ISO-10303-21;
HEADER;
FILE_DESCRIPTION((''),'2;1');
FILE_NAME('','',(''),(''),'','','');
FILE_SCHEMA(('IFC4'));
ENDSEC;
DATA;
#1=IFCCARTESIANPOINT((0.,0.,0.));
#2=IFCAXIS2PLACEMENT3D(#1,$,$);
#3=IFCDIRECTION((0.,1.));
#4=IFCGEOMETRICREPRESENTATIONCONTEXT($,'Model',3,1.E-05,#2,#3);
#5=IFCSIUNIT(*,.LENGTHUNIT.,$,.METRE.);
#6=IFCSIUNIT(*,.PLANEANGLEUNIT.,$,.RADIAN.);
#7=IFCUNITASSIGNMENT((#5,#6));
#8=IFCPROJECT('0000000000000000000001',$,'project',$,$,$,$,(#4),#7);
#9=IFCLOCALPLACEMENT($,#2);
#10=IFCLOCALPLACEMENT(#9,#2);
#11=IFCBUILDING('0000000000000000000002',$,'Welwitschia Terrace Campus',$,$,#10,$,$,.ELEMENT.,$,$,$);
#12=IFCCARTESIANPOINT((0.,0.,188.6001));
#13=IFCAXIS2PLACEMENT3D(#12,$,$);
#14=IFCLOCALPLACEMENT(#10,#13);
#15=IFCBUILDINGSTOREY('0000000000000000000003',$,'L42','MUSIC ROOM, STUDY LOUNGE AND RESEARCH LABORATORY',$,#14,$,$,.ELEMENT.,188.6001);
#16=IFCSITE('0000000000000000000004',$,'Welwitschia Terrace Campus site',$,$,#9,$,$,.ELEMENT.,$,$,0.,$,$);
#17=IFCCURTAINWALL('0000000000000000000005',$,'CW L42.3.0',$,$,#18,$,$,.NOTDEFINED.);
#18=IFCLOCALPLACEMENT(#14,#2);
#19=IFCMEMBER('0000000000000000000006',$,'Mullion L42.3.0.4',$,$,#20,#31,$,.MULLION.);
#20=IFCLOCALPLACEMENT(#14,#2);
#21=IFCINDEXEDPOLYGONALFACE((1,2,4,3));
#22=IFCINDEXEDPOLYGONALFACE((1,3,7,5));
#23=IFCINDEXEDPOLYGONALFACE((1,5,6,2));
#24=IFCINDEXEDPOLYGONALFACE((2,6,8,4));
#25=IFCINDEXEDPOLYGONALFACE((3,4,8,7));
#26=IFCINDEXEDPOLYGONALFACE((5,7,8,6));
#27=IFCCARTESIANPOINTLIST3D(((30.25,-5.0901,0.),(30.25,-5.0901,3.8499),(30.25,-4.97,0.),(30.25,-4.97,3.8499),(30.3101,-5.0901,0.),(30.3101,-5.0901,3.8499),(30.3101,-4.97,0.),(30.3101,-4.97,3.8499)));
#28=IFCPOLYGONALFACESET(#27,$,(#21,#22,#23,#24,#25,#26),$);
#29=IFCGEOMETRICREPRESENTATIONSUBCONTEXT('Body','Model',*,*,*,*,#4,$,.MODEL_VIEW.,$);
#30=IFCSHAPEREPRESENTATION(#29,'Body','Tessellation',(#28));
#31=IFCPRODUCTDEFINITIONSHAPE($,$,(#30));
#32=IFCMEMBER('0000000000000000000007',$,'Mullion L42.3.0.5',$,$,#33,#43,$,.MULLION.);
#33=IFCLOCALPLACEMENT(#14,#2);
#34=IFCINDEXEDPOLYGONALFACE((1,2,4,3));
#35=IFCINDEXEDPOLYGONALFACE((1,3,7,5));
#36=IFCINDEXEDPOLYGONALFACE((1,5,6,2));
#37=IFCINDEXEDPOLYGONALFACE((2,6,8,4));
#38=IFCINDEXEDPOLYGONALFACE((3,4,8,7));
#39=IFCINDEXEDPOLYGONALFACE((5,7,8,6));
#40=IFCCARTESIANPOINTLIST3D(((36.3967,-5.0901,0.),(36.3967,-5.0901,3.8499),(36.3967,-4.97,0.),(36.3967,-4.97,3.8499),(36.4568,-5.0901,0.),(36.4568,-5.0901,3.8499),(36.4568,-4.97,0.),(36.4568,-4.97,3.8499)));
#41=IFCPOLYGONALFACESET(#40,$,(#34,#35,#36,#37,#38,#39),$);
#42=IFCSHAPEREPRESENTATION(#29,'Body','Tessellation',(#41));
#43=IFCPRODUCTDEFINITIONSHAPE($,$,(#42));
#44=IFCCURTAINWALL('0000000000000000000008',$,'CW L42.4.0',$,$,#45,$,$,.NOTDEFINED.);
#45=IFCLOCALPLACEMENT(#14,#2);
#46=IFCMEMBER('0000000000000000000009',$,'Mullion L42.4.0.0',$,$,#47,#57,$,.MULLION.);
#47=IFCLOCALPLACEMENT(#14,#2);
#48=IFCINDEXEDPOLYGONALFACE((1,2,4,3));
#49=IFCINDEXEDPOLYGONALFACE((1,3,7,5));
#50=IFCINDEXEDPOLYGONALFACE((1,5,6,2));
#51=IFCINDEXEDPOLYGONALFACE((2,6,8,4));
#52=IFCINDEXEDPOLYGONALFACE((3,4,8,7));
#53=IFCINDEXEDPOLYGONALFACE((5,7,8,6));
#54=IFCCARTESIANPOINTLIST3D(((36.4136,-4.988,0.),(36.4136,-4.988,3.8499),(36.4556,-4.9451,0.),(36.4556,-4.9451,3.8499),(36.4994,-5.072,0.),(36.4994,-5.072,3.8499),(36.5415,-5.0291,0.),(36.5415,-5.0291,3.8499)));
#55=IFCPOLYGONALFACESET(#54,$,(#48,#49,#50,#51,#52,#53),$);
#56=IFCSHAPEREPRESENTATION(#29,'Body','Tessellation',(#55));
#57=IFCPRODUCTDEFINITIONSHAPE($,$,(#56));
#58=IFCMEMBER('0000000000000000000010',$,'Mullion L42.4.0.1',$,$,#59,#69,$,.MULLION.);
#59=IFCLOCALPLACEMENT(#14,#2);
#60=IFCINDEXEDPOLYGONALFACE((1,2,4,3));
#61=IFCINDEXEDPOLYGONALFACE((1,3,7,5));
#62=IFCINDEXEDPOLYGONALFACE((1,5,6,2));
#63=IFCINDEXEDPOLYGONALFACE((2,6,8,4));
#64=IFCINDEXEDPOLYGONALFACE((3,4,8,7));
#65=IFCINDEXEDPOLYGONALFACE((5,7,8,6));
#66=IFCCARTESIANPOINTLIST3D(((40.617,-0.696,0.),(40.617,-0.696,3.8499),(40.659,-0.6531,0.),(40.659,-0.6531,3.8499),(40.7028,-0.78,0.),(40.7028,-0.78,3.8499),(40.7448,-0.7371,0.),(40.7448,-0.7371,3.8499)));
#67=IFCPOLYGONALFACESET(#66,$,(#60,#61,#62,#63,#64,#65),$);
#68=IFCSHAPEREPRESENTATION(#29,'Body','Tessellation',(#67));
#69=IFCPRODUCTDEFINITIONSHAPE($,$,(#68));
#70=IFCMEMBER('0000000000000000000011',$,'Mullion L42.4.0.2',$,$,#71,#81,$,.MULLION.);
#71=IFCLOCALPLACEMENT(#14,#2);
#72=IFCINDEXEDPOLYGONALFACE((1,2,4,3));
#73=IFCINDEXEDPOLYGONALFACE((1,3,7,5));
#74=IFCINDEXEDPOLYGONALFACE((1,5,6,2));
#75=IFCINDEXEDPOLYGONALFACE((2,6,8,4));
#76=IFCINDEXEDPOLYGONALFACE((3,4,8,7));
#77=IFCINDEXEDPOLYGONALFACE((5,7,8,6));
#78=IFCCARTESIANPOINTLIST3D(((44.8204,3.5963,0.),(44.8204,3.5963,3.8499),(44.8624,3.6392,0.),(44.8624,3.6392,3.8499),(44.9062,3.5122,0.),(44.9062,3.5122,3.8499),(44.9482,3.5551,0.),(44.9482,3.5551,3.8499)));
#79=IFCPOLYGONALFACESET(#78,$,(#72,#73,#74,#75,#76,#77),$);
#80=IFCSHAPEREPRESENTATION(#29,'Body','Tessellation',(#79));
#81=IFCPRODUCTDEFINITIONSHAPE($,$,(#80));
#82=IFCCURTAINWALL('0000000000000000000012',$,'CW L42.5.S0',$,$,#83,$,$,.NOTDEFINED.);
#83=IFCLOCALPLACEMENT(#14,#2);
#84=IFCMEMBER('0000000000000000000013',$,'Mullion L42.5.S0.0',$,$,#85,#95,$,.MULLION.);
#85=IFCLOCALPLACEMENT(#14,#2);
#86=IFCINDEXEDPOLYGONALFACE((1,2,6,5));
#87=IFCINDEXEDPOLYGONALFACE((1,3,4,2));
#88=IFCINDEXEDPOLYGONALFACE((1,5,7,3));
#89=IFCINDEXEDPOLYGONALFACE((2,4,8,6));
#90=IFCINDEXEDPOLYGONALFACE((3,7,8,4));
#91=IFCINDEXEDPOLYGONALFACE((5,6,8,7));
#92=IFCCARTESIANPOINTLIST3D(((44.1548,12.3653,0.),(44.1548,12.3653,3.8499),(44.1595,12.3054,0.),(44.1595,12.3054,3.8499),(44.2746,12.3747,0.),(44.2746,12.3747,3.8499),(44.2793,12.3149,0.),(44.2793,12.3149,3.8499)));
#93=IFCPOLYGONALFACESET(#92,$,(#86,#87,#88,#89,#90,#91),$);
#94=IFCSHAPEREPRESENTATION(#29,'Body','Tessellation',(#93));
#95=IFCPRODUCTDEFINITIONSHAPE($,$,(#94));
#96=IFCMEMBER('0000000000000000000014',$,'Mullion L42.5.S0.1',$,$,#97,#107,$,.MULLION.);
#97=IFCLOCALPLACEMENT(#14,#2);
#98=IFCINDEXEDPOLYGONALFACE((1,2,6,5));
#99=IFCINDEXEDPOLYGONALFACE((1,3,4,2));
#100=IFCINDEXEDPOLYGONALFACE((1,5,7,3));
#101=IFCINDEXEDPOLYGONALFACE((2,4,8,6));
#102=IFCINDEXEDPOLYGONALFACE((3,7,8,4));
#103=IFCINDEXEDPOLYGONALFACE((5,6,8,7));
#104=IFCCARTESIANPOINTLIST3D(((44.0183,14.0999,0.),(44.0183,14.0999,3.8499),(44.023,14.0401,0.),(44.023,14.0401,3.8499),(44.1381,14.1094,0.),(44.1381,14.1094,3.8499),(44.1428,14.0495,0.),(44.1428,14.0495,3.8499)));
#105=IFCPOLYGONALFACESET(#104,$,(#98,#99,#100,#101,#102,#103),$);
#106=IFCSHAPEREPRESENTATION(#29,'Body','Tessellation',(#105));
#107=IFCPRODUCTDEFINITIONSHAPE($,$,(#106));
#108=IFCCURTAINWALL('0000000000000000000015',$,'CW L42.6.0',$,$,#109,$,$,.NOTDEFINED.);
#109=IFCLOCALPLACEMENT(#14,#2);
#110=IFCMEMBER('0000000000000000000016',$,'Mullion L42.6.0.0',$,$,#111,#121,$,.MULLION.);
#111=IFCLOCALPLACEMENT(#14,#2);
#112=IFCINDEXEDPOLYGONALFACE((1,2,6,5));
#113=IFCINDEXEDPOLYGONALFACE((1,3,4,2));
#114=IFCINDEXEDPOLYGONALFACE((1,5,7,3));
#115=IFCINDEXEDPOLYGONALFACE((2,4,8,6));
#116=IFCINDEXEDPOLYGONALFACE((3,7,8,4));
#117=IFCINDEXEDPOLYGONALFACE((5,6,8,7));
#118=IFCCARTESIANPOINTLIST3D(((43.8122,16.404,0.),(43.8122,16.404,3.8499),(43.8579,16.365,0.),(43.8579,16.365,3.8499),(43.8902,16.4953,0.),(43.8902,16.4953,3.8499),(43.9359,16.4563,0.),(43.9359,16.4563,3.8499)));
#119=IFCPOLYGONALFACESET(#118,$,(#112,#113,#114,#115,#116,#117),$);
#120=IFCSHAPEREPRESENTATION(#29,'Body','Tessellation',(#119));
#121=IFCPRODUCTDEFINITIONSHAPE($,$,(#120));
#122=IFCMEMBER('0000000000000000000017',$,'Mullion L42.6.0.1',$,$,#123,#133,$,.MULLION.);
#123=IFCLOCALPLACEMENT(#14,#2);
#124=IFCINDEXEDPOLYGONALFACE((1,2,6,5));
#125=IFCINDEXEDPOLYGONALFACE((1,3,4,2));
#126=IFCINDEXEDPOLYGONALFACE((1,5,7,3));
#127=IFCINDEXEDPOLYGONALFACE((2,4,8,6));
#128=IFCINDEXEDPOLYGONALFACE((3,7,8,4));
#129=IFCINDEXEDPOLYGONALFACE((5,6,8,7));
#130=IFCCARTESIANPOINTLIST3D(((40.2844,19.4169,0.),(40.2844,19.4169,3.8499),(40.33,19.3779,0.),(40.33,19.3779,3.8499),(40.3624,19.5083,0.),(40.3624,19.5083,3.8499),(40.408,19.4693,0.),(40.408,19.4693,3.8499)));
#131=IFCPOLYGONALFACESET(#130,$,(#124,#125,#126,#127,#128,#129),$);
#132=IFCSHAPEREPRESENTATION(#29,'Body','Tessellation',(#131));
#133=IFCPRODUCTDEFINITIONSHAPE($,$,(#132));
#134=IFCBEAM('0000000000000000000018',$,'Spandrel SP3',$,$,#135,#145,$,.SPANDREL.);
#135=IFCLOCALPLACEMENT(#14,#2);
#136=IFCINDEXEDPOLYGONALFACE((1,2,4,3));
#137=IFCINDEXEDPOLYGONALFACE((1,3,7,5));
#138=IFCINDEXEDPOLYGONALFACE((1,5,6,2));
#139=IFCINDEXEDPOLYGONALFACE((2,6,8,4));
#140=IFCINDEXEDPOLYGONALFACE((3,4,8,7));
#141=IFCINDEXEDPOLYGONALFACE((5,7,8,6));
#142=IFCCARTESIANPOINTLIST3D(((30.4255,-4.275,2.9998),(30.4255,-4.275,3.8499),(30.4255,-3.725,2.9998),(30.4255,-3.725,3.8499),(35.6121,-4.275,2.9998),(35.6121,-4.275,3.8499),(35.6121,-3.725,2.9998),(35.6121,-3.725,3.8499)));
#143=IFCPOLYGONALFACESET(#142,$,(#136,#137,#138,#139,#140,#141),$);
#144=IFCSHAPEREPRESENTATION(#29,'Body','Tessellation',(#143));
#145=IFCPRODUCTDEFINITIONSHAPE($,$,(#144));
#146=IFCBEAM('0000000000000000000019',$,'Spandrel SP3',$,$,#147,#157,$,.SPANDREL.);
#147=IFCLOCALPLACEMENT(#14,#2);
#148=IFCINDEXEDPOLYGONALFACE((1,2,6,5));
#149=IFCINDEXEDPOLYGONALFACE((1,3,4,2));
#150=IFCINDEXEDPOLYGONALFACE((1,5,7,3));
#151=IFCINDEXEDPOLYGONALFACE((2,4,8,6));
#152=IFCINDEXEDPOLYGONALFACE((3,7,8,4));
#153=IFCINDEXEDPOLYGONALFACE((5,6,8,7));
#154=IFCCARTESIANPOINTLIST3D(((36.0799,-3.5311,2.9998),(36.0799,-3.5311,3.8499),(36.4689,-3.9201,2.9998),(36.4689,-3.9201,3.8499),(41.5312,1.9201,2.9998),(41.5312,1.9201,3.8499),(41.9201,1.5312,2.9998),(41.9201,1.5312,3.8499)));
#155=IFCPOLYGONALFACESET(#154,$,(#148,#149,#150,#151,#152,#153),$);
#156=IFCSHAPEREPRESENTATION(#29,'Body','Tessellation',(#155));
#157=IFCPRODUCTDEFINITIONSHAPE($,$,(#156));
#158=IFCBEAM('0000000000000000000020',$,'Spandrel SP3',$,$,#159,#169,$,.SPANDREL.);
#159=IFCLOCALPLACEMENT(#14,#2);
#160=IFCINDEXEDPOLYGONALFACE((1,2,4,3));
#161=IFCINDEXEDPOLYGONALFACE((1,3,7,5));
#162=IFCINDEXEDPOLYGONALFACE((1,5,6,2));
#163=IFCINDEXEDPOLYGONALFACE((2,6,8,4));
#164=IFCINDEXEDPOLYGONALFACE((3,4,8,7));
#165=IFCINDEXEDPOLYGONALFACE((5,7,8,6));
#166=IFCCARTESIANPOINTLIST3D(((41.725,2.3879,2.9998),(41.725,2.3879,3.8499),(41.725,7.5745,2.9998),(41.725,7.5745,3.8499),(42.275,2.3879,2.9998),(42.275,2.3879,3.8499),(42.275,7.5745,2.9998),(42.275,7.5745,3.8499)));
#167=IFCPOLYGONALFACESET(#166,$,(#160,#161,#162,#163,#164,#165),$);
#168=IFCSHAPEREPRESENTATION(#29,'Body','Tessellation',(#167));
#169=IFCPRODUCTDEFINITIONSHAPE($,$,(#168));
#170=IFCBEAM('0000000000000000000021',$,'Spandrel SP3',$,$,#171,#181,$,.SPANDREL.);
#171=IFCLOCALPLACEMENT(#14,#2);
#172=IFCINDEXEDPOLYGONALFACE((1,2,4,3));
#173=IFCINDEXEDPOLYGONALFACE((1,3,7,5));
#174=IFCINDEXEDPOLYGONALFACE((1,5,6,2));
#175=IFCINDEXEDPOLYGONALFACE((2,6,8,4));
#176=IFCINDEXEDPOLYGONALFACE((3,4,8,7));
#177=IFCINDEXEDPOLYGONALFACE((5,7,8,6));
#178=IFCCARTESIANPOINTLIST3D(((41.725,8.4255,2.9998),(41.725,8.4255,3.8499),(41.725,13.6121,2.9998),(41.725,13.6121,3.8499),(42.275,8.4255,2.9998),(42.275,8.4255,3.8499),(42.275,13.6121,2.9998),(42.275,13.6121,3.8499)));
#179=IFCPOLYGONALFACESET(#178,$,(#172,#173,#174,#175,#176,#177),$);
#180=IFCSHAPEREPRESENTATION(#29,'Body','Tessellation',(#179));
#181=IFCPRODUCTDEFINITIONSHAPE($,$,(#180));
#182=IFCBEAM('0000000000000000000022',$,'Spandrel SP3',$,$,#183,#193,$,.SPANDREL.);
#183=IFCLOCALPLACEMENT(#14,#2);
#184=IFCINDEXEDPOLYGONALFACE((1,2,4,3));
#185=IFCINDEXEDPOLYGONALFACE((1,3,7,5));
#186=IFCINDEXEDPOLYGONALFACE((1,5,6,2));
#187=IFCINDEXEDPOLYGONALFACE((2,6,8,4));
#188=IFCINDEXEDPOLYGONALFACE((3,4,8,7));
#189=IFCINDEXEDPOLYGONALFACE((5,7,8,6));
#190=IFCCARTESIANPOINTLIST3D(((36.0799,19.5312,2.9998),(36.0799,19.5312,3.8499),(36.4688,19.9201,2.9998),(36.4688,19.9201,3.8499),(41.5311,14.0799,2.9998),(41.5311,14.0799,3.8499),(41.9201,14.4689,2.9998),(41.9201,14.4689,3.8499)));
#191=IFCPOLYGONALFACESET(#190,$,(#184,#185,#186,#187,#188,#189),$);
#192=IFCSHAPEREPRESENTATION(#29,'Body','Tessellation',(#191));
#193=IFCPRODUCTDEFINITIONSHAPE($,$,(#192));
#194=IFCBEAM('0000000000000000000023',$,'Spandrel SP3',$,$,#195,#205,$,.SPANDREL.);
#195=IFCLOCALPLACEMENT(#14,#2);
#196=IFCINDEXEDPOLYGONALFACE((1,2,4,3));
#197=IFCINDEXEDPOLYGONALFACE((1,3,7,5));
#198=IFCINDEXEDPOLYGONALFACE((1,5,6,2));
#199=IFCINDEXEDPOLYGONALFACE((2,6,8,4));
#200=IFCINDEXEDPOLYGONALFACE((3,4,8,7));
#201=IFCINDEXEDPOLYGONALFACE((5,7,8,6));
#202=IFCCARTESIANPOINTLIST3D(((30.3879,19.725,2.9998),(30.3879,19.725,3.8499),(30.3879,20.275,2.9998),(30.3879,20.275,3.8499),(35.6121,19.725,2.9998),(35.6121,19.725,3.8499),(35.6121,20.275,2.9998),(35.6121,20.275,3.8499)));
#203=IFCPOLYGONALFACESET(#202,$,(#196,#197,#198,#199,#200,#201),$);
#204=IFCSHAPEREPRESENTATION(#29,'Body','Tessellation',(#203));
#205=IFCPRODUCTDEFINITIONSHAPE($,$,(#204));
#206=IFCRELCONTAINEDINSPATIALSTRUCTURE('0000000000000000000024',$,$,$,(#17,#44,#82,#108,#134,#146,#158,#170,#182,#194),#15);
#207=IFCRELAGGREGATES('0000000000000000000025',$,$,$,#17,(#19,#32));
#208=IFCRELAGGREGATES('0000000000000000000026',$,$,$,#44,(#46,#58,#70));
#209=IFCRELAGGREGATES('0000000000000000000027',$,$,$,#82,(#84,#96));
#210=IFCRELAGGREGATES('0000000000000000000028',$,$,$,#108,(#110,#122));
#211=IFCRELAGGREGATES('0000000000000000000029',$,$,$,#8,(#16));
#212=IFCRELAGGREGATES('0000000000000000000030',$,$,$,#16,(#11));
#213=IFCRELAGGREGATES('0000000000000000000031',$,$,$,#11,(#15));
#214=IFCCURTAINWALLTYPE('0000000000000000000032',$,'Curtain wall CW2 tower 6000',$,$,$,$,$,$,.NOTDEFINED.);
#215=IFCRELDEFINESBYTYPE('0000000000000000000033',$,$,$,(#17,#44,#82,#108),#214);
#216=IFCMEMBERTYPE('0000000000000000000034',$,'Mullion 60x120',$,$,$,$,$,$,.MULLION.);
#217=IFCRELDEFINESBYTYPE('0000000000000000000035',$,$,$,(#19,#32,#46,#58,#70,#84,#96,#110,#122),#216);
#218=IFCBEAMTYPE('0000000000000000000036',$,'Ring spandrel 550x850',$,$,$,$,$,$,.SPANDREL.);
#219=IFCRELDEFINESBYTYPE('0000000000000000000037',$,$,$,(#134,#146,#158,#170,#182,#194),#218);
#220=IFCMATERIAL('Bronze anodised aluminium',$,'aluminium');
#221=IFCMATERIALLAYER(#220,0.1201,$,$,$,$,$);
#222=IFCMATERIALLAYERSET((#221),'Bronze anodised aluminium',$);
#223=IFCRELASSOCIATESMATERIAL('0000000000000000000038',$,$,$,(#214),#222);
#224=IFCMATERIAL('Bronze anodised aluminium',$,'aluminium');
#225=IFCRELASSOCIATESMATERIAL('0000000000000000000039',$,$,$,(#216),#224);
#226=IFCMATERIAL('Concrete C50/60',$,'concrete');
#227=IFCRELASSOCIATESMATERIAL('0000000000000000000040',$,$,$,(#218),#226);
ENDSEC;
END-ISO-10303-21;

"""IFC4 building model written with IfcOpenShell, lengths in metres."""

from ifc_helpers import new_model, si_unit, direction, frame, origin, origin_2d, place, context, subcontext, project, spatial, rectangle, extrude, material, layer, layer_set, material_profile, profile_set, type_object, element, aggregate, save


model = new_model("IFC4")

# Units and contexts
model_context = context("Model", 3, precision=1e-05, world=origin(), true_north=direction((0.0, 1.0)))
body_context = subcontext(model_context, "Body", "Model", "MODEL_VIEW")
ifc_project = project(units=[si_unit("LENGTHUNIT", "METRE"), si_unit("PLANEANGLEUNIT", "RADIAN")], contexts=[model_context])

# Site, building, storey
site_placement = place(None, origin())
site = spatial("IfcSite", under=ifc_project, at=site_placement, Name="Welwitschia Terrace Campus site", CompositionType="ELEMENT", RefElevation=0.0)
building_placement = place(site_placement, origin())
building = spatial("IfcBuilding", under=site, at=building_placement, Name="Welwitschia Terrace Campus", CompositionType="ELEMENT")
storey_placement = place(building_placement, frame((0.0, 0.0, 188.6001)))
storey = spatial("IfcBuildingStorey", under=building, at=storey_placement, Name="L42", Description="MUSIC ROOM, STUDY LOUNGE AND RESEARCH LABORATORY", CompositionType="ELEMENT", Elevation=188.6001)

# Curtain walls, members
ifc_material_1 = material(Name="Bronze anodised aluminium", Category="aluminium")
ifc_layer_1 = layer(ifc_material_1, 0.1201)
ifc_layer_set_1 = layer_set([ifc_layer_1], Name="Bronze anodised aluminium")
curtain_wall_type = type_object("IfcCurtainWallType", Name="Curtain wall CW2 tower 6000", PredefinedType="NOTDEFINED", material=ifc_layer_set_1)
curtain_wall_1_placement = place(storey_placement, origin())
curtain_wall_1 = element("IfcCurtainWall", 1, at=curtain_wall_1_placement, inside=storey, type_object=curtain_wall_type, Name="CW L42.3.0", PredefinedType="NOTDEFINED")
ifc_material_2 = material(Name="Bronze anodised aluminium", Category="aluminium")
ifc_material_profile_1 = material_profile(ifc_material_2, rectangle(XDim=0.1201, YDim=0.0601, at=origin_2d()))
ifc_profile_set_1 = profile_set([ifc_material_profile_1], Name="Bronze anodised aluminium")
member_type_1 = type_object("IfcMemberType", Name="Mullion 60x120", PredefinedType="MULLION", material=ifc_profile_set_1)
member_1_placement = place(storey_placement, frame((30.28, -5.03, 0.0), z_axis=(0.0, 0.0, 1.0), x_axis=(0.0, 1.0, 0.0)))
member_1 = element("IfcMember", 2, at=member_1_placement, type_object=member_type_1, Name="Mullion L42.3.0.4", PredefinedType="MULLION", context=body_context, shape_type="SweptSolid", body=[
    extrude(rectangle(XDim=0.1201, YDim=0.0601, at=origin_2d()), origin(), (0.0, 0.0, 1.0), 3.8499),
])
member_2_placement = place(storey_placement, frame((36.4268, -5.03, 0.0), z_axis=(0.0, 0.0, 1.0), x_axis=(0.0, 1.0, 0.0)))
member_2 = element("IfcMember", 3, at=member_2_placement, type_object=member_type_1, Name="Mullion L42.3.0.5", PredefinedType="MULLION", context=body_context, shape_type="SweptSolid", body=[
    extrude(rectangle(XDim=0.1201, YDim=0.0601, at=origin_2d()), origin(), (0.0, 0.0, 1.0), 3.8499),
])
curtain_wall_2_placement = place(storey_placement, origin())
curtain_wall_2 = element("IfcCurtainWall", 4, at=curtain_wall_2_placement, inside=storey, type_object=curtain_wall_type, Name="CW L42.4.0", PredefinedType="NOTDEFINED")
member_3_placement = place(storey_placement, frame((36.4775, -5.0085, 0.0), z_axis=(0.0, 0.0, 1.0), x_axis=(-0.714459, 0.699678, 0.0)))
member_3 = element("IfcMember", 5, at=member_3_placement, type_object=member_type_1, Name="Mullion L42.4.0.0", PredefinedType="MULLION", context=body_context, shape_type="SweptSolid", body=[
    extrude(rectangle(XDim=0.1201, YDim=0.0601, at=origin_2d()), origin(), (0.0, 0.0, 1.0), 3.8499),
])
member_4_placement = place(storey_placement, frame((40.6809, -0.7166, 0.0), z_axis=(0.0, 0.0, 1.0), x_axis=(-0.714459, 0.699678, 0.0)))
member_4 = element("IfcMember", 6, at=member_4_placement, type_object=member_type_1, Name="Mullion L42.4.0.1", PredefinedType="MULLION", context=body_context, shape_type="SweptSolid", body=[
    extrude(rectangle(XDim=0.1201, YDim=0.0601, at=origin_2d()), origin(), (0.0, 0.0, 1.0), 3.8499),
])
member_5_placement = place(storey_placement, frame((44.8843, 3.5757, 0.0), z_axis=(0.0, 0.0, 1.0), x_axis=(-0.714459, 0.699678, 0.0)))
member_5 = element("IfcMember", 7, at=member_5_placement, type_object=member_type_1, Name="Mullion L42.4.0.2", PredefinedType="MULLION", context=body_context, shape_type="SweptSolid", body=[
    extrude(rectangle(XDim=0.1201, YDim=0.0601, at=origin_2d()), origin(), (0.0, 0.0, 1.0), 3.8499),
])
curtain_wall_3_placement = place(storey_placement, origin())
curtain_wall_3 = element("IfcCurtainWall", 8, at=curtain_wall_3_placement, inside=storey, type_object=curtain_wall_type, Name="CW L42.5.S0", PredefinedType="NOTDEFINED")
member_6_placement = place(storey_placement, frame((44.217, 12.3401, 0.0), z_axis=(0.0, 0.0, 1.0), x_axis=(-0.996917, -0.078459, 0.0)))
member_6 = element("IfcMember", 9, at=member_6_placement, type_object=member_type_1, Name="Mullion L42.5.S0.0", PredefinedType="MULLION", context=body_context, shape_type="SweptSolid", body=[
    extrude(rectangle(XDim=0.1201, YDim=0.0601, at=origin_2d()), origin(), (0.0, 0.0, 1.0), 3.8499),
])
member_7_placement = place(storey_placement, frame((44.0806, 14.0747, 0.0), z_axis=(0.0, 0.0, 1.0), x_axis=(-0.996917, -0.078459, 0.0)))
member_7 = element("IfcMember", 10, at=member_7_placement, type_object=member_type_1, Name="Mullion L42.5.S0.1", PredefinedType="MULLION", context=body_context, shape_type="SweptSolid", body=[
    extrude(rectangle(XDim=0.1201, YDim=0.0601, at=origin_2d()), origin(), (0.0, 0.0, 1.0), 3.8499),
])
curtain_wall_4_placement = place(storey_placement, origin())
curtain_wall_4 = element("IfcCurtainWall", 11, at=curtain_wall_4_placement, inside=storey, type_object=curtain_wall_type, Name="CW L42.6.0", PredefinedType="NOTDEFINED")
member_8_placement = place(storey_placement, frame((43.874, 16.4302, 0.0), z_axis=(0.0, 0.0, 1.0), x_axis=(-0.649448, -0.760406, 0.0)))
member_8 = element("IfcMember", 12, at=member_8_placement, type_object=member_type_1, Name="Mullion L42.6.0.0", PredefinedType="MULLION", context=body_context, shape_type="SweptSolid", body=[
    extrude(rectangle(XDim=0.1201, YDim=0.0601, at=origin_2d()), origin(), (0.0, 0.0, 1.0), 3.8499),
])
member_9_placement = place(storey_placement, frame((40.3462, 19.4431, 0.0), z_axis=(0.0, 0.0, 1.0), x_axis=(-0.649448, -0.760406, 0.0)))
member_9 = element("IfcMember", 13, at=member_9_placement, type_object=member_type_1, Name="Mullion L42.6.0.1", PredefinedType="MULLION", context=body_context, shape_type="SweptSolid", body=[
    extrude(rectangle(XDim=0.1201, YDim=0.0601, at=origin_2d()), origin(), (0.0, 0.0, 1.0), 3.8499),
])

# Beams
ifc_material_3 = material(Name="Concrete C50/60", Category="concrete")
ifc_material_profile_2 = material_profile(ifc_material_3, rectangle(XDim=0.55, YDim=0.8501, at=origin_2d()))
ifc_profile_set_2 = profile_set([ifc_material_profile_2], Name="Concrete C50/60")
beam_type_1 = type_object("IfcBeamType", Name="Ring spandrel 550x850", PredefinedType="SPANDREL", material=ifc_profile_set_2)
beam_1_placement = place(storey_placement, frame((30.4255, -4.0, 3.4248), z_axis=(1.0, 0.0, 0.0), x_axis=(0.0, 1.0, 0.0)))
element("IfcBeam", 14, at=beam_1_placement, inside=storey, type_object=beam_type_1, Name="Spandrel SP3", PredefinedType="SPANDREL", context=body_context, shape_type="SweptSolid", body=[
    extrude(rectangle(XDim=0.55, YDim=0.8501, at=origin_2d()), origin(), (0.0, 0.0, 1.0), 5.1865),
])
beam_2_placement = place(storey_placement, frame((36.2744, -3.7256, 3.4248), z_axis=(0.707107, 0.707107, 0.0), x_axis=(-0.707107, 0.707107, 0.0)))
element("IfcBeam", 15, at=beam_2_placement, inside=storey, type_object=beam_type_1, Name="Spandrel SP3", PredefinedType="SPANDREL", context=body_context, shape_type="SweptSolid", body=[
    extrude(rectangle(XDim=0.55, YDim=0.8501, at=origin_2d()), origin(), (0.0, 0.0, 1.0), 7.7092),
])
for number, where, z_axis, x_axis, name in (
    (16, (42.0, 2.3879, 3.4248), (0.0, 1.0, 0.0), (-1.0, 0.0, 0.0), "Spandrel SP3"),
    (17, (42.0, 8.4255, 3.4248), (0.0, 1.0, 0.0), (-1.0, 0.0, 0.0), "Spandrel SP3"),
):
    element("IfcBeam", number, at=place(storey_placement, frame(where, z_axis=z_axis, x_axis=x_axis)), inside=storey, type_object=beam_type_1, Name=name, PredefinedType="SPANDREL", context=body_context, shape_type="SweptSolid", body=[
        extrude(rectangle(XDim=0.55, YDim=0.8501, at=origin_2d()), origin(), (0.0, 0.0, 1.0), 5.1865),
    ])
beam_3_placement = place(storey_placement, frame((41.7256, 14.2744, 3.4248), z_axis=(-0.707107, 0.707107, 0.0), x_axis=(-0.707107, -0.707107, 0.0)))
element("IfcBeam", 18, at=beam_3_placement, inside=storey, type_object=beam_type_1, Name="Spandrel SP3", PredefinedType="SPANDREL", context=body_context, shape_type="SweptSolid", body=[
    extrude(rectangle(XDim=0.55, YDim=0.8501, at=origin_2d()), origin(), (0.0, 0.0, 1.0), 7.7092),
])
beam_4_placement = place(storey_placement, frame((35.6121, 20.0, 3.4248), z_axis=(-1.0, 0.0, 0.0), x_axis=(0.0, -1.0, 0.0)))
element("IfcBeam", 19, at=beam_4_placement, inside=storey, type_object=beam_type_1, Name="Spandrel SP3", PredefinedType="SPANDREL", context=body_context, shape_type="SweptSolid", body=[
    extrude(rectangle(XDim=0.55, YDim=0.8501, at=origin_2d()), origin(), (0.0, 0.0, 1.0), 5.2241),
])

aggregate(curtain_wall_1, [member_1, member_2])
aggregate(curtain_wall_2, [member_3, member_4, member_5])
aggregate(curtain_wall_3, [member_6, member_7])
aggregate(curtain_wall_4, [member_8, member_9])

save(model, "model.ifc")
